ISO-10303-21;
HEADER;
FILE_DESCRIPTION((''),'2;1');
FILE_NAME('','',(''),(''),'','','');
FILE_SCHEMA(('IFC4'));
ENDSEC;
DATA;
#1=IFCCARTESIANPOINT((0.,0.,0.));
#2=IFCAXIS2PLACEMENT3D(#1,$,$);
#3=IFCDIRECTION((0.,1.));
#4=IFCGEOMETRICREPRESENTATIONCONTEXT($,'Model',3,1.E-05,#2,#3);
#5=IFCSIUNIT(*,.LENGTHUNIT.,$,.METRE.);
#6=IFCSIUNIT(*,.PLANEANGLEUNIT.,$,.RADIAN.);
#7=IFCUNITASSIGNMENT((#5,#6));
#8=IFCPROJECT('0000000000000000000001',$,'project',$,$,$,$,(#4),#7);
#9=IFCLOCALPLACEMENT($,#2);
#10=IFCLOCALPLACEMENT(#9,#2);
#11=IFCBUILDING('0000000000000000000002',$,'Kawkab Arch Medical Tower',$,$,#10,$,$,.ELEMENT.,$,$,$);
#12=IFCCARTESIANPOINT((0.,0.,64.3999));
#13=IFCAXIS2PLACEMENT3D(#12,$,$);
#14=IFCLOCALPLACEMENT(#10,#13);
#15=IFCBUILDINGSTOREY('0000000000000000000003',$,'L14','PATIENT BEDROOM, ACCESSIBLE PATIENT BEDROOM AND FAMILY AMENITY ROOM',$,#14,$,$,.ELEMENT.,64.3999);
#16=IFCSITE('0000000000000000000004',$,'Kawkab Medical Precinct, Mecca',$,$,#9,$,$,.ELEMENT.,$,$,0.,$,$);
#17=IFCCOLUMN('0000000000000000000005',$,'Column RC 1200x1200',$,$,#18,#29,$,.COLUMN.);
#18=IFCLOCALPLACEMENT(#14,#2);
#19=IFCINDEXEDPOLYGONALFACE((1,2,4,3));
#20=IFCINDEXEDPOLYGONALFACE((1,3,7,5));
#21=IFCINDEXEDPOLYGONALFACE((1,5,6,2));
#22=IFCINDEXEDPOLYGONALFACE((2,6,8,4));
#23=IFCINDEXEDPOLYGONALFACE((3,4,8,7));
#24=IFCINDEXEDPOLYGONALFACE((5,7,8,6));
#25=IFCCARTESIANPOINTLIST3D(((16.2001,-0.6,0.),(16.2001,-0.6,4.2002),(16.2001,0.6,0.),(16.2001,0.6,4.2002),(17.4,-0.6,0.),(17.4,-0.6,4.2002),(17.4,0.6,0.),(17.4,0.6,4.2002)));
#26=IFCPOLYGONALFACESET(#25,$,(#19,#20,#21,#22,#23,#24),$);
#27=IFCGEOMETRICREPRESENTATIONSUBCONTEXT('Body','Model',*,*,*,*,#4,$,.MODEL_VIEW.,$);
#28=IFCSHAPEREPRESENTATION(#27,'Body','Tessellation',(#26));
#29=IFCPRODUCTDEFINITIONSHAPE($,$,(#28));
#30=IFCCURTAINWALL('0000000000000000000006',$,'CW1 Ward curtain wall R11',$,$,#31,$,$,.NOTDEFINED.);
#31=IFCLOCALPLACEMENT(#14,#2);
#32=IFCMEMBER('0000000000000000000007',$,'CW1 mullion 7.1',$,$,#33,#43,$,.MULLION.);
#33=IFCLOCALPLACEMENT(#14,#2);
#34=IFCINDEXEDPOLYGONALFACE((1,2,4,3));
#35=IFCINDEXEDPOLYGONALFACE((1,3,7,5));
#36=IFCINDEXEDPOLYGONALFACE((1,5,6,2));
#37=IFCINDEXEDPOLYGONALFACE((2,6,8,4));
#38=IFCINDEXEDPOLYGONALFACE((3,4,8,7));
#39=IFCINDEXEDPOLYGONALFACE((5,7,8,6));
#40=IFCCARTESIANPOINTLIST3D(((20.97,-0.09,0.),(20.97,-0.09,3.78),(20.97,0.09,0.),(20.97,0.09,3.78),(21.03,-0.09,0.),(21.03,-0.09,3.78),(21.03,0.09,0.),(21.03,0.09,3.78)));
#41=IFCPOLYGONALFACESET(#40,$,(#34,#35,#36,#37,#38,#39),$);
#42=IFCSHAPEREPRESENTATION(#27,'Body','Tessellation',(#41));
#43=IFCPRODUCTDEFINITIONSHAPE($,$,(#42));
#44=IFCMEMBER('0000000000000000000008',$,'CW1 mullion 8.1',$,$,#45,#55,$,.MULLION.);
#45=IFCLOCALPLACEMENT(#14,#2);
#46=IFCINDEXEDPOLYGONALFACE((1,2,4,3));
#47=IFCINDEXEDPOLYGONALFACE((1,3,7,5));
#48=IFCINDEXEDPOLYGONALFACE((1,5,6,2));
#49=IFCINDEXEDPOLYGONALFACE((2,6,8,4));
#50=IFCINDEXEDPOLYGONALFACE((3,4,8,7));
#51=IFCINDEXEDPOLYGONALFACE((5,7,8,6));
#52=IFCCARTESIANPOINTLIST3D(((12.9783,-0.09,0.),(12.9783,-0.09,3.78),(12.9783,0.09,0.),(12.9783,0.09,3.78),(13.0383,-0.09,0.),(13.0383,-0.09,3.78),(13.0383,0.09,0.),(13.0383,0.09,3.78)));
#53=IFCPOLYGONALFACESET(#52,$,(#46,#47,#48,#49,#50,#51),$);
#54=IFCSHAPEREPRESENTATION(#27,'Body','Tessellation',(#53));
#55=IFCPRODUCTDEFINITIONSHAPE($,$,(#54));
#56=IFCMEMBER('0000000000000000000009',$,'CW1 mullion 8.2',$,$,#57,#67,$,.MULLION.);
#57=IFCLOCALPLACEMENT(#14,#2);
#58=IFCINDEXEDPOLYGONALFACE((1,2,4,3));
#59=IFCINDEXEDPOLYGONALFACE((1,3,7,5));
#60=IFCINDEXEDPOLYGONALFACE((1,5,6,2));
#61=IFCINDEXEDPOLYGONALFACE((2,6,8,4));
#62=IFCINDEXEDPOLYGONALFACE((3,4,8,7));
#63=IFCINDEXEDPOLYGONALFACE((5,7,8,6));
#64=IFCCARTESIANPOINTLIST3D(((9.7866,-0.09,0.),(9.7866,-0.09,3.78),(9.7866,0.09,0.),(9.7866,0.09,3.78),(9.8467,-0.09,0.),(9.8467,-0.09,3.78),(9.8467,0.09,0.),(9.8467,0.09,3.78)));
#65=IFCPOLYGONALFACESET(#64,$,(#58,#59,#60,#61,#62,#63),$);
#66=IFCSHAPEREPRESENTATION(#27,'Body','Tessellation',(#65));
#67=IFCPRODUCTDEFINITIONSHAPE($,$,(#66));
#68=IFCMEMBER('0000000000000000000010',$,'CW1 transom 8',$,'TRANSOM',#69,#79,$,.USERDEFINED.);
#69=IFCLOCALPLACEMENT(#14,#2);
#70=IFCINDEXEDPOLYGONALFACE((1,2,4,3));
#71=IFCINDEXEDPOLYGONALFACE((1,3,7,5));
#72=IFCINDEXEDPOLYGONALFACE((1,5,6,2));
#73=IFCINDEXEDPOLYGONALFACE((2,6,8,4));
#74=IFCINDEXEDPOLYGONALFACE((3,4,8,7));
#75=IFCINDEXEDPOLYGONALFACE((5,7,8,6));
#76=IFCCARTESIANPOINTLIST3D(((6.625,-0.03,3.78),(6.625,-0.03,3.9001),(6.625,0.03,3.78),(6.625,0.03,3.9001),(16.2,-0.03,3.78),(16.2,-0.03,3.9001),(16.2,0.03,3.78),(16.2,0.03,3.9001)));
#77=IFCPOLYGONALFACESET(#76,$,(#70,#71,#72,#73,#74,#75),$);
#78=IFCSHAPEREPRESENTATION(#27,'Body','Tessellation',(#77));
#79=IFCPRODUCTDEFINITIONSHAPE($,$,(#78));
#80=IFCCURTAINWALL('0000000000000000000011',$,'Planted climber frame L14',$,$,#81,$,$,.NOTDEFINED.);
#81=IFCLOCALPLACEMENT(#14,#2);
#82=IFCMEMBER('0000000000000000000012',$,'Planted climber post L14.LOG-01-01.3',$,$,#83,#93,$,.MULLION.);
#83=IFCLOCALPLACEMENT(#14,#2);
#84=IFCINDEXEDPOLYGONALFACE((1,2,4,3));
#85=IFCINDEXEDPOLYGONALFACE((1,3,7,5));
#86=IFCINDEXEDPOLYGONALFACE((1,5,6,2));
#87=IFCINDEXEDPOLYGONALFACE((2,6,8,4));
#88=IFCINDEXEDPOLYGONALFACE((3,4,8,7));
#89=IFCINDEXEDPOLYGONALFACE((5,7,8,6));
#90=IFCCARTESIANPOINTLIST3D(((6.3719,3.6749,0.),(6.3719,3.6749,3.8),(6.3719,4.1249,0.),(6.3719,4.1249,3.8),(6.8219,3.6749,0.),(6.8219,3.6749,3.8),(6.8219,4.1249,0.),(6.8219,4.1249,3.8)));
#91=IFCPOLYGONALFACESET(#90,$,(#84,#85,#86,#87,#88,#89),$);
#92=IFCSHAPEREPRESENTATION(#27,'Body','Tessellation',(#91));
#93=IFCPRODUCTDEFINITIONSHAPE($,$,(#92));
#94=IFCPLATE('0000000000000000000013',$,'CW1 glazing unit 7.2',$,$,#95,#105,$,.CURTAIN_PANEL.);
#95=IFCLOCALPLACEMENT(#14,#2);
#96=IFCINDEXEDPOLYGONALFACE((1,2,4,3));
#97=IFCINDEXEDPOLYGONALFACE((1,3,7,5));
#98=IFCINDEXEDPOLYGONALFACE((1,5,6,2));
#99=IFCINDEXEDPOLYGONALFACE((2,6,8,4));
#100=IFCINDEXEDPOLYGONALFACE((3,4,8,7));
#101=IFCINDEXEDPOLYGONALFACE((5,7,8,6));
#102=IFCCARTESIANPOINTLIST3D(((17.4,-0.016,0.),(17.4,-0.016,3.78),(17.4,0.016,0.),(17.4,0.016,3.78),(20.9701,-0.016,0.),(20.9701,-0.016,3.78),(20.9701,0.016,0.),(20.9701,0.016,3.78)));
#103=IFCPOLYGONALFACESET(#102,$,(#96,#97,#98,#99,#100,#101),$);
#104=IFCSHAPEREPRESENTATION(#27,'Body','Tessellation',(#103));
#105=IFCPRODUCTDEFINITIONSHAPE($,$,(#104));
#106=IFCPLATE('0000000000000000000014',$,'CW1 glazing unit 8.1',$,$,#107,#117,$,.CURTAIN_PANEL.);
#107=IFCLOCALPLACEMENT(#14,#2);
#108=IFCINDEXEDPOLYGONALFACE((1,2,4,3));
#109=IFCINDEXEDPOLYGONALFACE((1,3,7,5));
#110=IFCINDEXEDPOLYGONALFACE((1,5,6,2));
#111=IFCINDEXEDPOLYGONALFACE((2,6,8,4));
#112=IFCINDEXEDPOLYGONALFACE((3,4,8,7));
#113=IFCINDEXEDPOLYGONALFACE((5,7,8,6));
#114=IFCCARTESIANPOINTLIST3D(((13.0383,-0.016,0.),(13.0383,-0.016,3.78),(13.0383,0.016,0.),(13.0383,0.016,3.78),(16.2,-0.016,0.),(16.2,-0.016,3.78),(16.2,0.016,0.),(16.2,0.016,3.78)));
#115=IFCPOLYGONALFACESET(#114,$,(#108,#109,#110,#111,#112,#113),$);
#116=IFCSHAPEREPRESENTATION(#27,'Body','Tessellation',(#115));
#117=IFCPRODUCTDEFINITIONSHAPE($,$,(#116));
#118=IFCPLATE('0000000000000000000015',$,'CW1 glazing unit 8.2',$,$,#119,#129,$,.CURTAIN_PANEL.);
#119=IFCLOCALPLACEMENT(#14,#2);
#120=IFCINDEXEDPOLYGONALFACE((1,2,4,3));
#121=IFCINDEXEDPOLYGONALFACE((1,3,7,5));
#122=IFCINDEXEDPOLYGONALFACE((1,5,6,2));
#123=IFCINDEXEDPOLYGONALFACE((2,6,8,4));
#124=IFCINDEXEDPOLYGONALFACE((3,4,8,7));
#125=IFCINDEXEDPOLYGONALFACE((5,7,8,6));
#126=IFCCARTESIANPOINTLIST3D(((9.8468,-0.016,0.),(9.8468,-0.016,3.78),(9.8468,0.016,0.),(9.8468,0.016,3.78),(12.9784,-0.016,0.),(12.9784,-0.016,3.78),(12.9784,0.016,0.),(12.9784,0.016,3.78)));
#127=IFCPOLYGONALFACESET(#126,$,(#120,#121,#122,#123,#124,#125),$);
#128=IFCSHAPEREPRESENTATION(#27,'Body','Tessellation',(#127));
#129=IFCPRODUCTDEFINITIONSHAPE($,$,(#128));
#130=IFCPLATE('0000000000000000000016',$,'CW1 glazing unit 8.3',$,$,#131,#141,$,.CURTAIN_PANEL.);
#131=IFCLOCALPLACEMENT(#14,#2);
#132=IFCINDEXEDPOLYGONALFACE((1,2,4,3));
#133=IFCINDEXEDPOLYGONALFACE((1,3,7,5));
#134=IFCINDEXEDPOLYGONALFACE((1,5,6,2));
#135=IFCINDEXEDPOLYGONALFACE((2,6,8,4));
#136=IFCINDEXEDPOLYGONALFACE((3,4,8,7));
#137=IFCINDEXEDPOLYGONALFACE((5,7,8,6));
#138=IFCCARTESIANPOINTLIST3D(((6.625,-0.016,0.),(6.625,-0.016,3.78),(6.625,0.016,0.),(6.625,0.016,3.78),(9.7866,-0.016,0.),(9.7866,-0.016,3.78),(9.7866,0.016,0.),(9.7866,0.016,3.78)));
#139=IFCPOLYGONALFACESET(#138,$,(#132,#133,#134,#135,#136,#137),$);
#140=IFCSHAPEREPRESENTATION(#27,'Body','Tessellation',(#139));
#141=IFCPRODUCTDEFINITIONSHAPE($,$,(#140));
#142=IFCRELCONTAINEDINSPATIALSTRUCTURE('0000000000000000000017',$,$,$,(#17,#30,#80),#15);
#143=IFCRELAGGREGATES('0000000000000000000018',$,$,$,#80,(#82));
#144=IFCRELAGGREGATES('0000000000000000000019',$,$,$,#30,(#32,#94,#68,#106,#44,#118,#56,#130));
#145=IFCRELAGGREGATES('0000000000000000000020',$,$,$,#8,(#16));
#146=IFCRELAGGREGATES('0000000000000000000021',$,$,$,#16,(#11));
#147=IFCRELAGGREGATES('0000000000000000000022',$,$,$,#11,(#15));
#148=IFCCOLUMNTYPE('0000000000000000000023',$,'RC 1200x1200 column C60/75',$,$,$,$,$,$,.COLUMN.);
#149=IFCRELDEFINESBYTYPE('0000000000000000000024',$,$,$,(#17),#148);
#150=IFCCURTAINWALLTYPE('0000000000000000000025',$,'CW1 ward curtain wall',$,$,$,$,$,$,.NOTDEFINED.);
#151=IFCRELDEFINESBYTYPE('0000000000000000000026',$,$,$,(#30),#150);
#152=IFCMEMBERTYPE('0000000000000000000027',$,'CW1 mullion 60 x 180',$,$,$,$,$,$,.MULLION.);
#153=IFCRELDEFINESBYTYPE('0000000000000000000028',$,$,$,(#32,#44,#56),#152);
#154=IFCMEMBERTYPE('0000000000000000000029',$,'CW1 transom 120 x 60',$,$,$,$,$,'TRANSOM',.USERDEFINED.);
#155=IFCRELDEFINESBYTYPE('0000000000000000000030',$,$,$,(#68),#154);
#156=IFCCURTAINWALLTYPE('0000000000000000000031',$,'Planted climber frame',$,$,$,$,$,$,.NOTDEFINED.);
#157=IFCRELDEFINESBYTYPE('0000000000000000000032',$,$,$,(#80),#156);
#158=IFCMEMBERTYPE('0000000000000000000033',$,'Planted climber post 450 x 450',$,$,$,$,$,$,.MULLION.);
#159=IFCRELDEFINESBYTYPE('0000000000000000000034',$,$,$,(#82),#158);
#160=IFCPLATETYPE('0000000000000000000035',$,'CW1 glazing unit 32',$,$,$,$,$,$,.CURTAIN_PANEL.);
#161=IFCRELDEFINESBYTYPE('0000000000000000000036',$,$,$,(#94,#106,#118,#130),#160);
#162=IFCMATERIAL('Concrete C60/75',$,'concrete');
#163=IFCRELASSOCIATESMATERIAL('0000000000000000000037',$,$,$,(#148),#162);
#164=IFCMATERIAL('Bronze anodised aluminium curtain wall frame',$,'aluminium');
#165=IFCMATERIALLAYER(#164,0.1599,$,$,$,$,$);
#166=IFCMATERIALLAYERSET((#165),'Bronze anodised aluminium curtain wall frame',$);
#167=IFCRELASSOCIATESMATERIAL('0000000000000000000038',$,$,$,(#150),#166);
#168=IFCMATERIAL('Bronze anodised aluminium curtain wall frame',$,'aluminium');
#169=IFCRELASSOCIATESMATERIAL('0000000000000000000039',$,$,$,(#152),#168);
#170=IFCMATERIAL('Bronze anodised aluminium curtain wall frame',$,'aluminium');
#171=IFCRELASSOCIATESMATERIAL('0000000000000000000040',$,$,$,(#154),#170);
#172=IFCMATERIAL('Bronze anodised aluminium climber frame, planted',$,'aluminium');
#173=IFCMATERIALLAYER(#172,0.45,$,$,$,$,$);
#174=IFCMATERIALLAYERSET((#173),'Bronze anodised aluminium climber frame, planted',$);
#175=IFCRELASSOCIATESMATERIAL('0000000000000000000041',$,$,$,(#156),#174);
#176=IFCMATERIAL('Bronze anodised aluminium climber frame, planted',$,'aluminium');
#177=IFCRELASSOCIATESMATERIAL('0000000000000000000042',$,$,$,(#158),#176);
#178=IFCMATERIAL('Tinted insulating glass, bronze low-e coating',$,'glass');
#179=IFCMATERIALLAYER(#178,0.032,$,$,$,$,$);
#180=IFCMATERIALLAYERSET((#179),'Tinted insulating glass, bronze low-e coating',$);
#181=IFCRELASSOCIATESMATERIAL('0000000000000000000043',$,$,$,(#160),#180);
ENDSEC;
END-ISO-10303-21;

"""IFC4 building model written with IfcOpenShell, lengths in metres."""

from ifc_helpers import new_model, si_unit, direction, frame, origin, origin_2d, place, context, subcontext, project, spatial, rectangle, extrude, material, layer, layer_set, material_profile, profile_set, type_object, element, aggregate, save


model = new_model("IFC4")

# Units and contexts
model_context = context("Model", 3, precision=1e-05, world=origin(), true_north=direction((0.0, 1.0)))
body_context = subcontext(model_context, "Body", "Model", "MODEL_VIEW")
ifc_project = project(units=[si_unit("LENGTHUNIT", "METRE"), si_unit("PLANEANGLEUNIT", "RADIAN")], contexts=[model_context])

# Site, building, storey
site_placement = place(None, origin())
site = spatial("IfcSite", under=ifc_project, at=site_placement, Name="Kawkab Medical Precinct, Mecca", CompositionType="ELEMENT", RefElevation=0.0)
building_placement = place(site_placement, origin())
building = spatial("IfcBuilding", under=site, at=building_placement, Name="Kawkab Arch Medical Tower", CompositionType="ELEMENT")
storey_placement = place(building_placement, frame((0.0, 0.0, 64.3999)))
storey = spatial("IfcBuildingStorey", under=building, at=storey_placement, Name="L14", Description="PATIENT BEDROOM, ACCESSIBLE PATIENT BEDROOM AND FAMILY AMENITY ROOM", CompositionType="ELEMENT", Elevation=64.3999)

# Column
ifc_material_1 = material(Name="Concrete C60/75", Category="concrete")
ifc_material_profile_1 = material_profile(ifc_material_1, rectangle(XDim=1.2, YDim=1.2, at=origin_2d()), Name="RC 1200x1200")
ifc_profile_set_1 = profile_set([ifc_material_profile_1], Name="Concrete C60/75")
column_type = type_object("IfcColumnType", Name="RC 1200x1200 column C60/75", PredefinedType="COLUMN", material=ifc_profile_set_1)
column_placement = place(storey_placement, frame((16.8, 0.0, 0.0), z_axis=(0.0, 0.0, 1.0), x_axis=(1.0, 0.0, 0.0)))
element("IfcColumn", 1, at=column_placement, inside=storey, type_object=column_type, Name="Column RC 1200x1200", PredefinedType="COLUMN", context=body_context, shape_type="SweptSolid", body=[
    extrude(rectangle(XDim=1.2, YDim=1.2, at=origin_2d()), origin(), (0.0, 0.0, 1.0), 4.2002),
])

# Curtain wall, members
ifc_material_2 = material(Name="Bronze anodised aluminium curtain wall frame", Category="aluminium")
ifc_layer_1 = layer(ifc_material_2, 0.1599)
ifc_layer_set_1 = layer_set([ifc_layer_1], Name="Bronze anodised aluminium curtain wall frame")
curtain_wall_type_1 = type_object("IfcCurtainWallType", Name="CW1 ward curtain wall", PredefinedType="NOTDEFINED", material=ifc_layer_set_1)
placement = place(storey_placement, origin())
curtain_wall_1 = element("IfcCurtainWall", 2, at=placement, inside=storey, type_object=curtain_wall_type_1, Name="CW1 Ward curtain wall R11", PredefinedType="NOTDEFINED")
ifc_material_3 = material(Name="Bronze anodised aluminium curtain wall frame", Category="aluminium")
ifc_material_profile_2 = material_profile(ifc_material_3, rectangle(XDim=0.1799, YDim=0.0601, at=origin_2d()), Name="AL 60x180")
ifc_profile_set_2 = profile_set([ifc_material_profile_2], Name="Bronze anodised aluminium curtain wall frame")
member_type_1 = type_object("IfcMemberType", Name="CW1 mullion 60 x 180", PredefinedType="MULLION", material=ifc_profile_set_2)
member_1_placement = place(storey_placement, frame((21.0, 0.0, 0.0), z_axis=(0.0, 0.0, 1.0), x_axis=(0.0, -1.0, 0.0)))
member_1 = element("IfcMember", 3, at=member_1_placement, type_object=member_type_1, Name="CW1 mullion 7.1", PredefinedType="MULLION", context=body_context, shape_type="SweptSolid", body=[
    extrude(rectangle(XDim=0.1799, YDim=0.0601, at=origin_2d()), origin(), (0.0, 0.0, 1.0), 3.78),
])
member_2_placement = place(storey_placement, frame((13.0083, 0.0, 0.0), z_axis=(0.0, 0.0, 1.0), x_axis=(0.0, -1.0, 0.0)))
member_2 = element("IfcMember", 4, at=member_2_placement, type_object=member_type_1, Name="CW1 mullion 8.1", PredefinedType="MULLION", context=body_context, shape_type="SweptSolid", body=[
    extrude(rectangle(XDim=0.1799, YDim=0.0601, at=origin_2d()), origin(), (0.0, 0.0, 1.0), 3.78),
])
member_3_placement = place(storey_placement, frame((9.8167, 0.0, 0.0), z_axis=(0.0, 0.0, 1.0), x_axis=(0.0, -1.0, 0.0)))
member_3 = element("IfcMember", 5, at=member_3_placement, type_object=member_type_1, Name="CW1 mullion 8.2", PredefinedType="MULLION", context=body_context, shape_type="SweptSolid", body=[
    extrude(rectangle(XDim=0.1799, YDim=0.0601, at=origin_2d()), origin(), (0.0, 0.0, 1.0), 3.78),
])
ifc_material_4 = material(Name="Bronze anodised aluminium curtain wall frame", Category="aluminium")
ifc_material_profile_3 = material_profile(ifc_material_4, rectangle(XDim=0.0601, YDim=0.1201, at=origin_2d()), Name="AL 60x120")
ifc_profile_set_3 = profile_set([ifc_material_profile_3], Name="Bronze anodised aluminium curtain wall frame")
member_type_2 = type_object("IfcMemberType", Name="CW1 transom 120 x 60", ElementType="TRANSOM", PredefinedType="USERDEFINED", material=ifc_profile_set_3)
member_4_placement = place(storey_placement, frame((16.2, 0.0, 3.8401), z_axis=(-1.0, 0.0, 0.0), x_axis=(0.0, -1.0, 0.0)))
member_4 = element("IfcMember", 6, at=member_4_placement, type_object=member_type_2, Name="CW1 transom 8", ObjectType="TRANSOM", PredefinedType="USERDEFINED", context=body_context, shape_type="SweptSolid", body=[
    extrude(rectangle(XDim=0.0601, YDim=0.1201, at=origin_2d()), origin(), (0.0, 0.0, 1.0), 9.575),
])

# Curtain wall, member
ifc_material_5 = material(Name="Bronze anodised aluminium climber frame, planted", Category="aluminium")
ifc_layer_2 = layer(ifc_material_5, 0.45)
ifc_layer_set_2 = layer_set([ifc_layer_2], Name="Bronze anodised aluminium climber frame, planted")
curtain_wall_type_2 = type_object("IfcCurtainWallType", Name="Planted climber frame", PredefinedType="NOTDEFINED", material=ifc_layer_set_2)
curtain_wall_2 = element("IfcCurtainWall", 7, at=placement, inside=storey, type_object=curtain_wall_type_2, Name="Planted climber frame L14", PredefinedType="NOTDEFINED")
ifc_material_6 = material(Name="Bronze anodised aluminium climber frame, planted", Category="aluminium")
ifc_material_profile_4 = material_profile(ifc_material_6, rectangle(XDim=0.45, YDim=0.45, at=origin_2d()), Name="Post 450x450")
ifc_profile_set_4 = profile_set([ifc_material_profile_4], Name="Bronze anodised aluminium climber frame, planted")
member_type_3 = type_object("IfcMemberType", Name="Planted climber post 450 x 450", PredefinedType="MULLION", material=ifc_profile_set_4)
member_5_placement = place(storey_placement, frame((6.5969, 3.8999, 0.0), z_axis=(0.0, 0.0, 1.0), x_axis=(1.0, 0.0, 0.0)))
member_5 = element("IfcMember", 8, at=member_5_placement, type_object=member_type_3, Name="Planted climber post L14.LOG-01-01.3", PredefinedType="MULLION", context=body_context, shape_type="SweptSolid", body=[
    extrude(rectangle(XDim=0.45, YDim=0.45, at=origin_2d()), origin(), (0.0, 0.0, 1.0), 3.8),
])
aggregate(curtain_wall_2, [member_5])

# Plates
ifc_material_7 = material(Name="Tinted insulating glass, bronze low-e coating", Category="glass")
ifc_layer_3 = layer(ifc_material_7, 0.032)
ifc_layer_set_3 = layer_set([ifc_layer_3], Name="Tinted insulating glass, bronze low-e coating")
plate_type = type_object("IfcPlateType", Name="CW1 glazing unit 32", PredefinedType="CURTAIN_PANEL", material=ifc_layer_set_3)
plate_1_placement = place(storey_placement, frame((19.1851, 0.0, 0.0), z_axis=(0.0, 0.0, 1.0), x_axis=(-1.0, 0.0, 0.0)))
plate_1 = element("IfcPlate", 9, at=plate_1_placement, type_object=plate_type, Name="CW1 glazing unit 7.2", PredefinedType="CURTAIN_PANEL", context=body_context, shape_type="SweptSolid", body=[
    extrude(rectangle(XDim=3.5701, YDim=0.032, at=origin_2d()), origin(), (0.0, 0.0, 1.0), 3.78),
])
plate_2_placement = place(storey_placement, frame((14.6191, 0.0, 0.0), z_axis=(0.0, 0.0, 1.0), x_axis=(-1.0, 0.0, 0.0)))
plate_2 = element("IfcPlate", 10, at=plate_2_placement, type_object=plate_type, Name="CW1 glazing unit 8.1", PredefinedType="CURTAIN_PANEL", context=body_context, shape_type="SweptSolid", body=[
    extrude(rectangle(XDim=3.1616, YDim=0.032, at=origin_2d()), origin(), (0.0, 0.0, 1.0), 3.78),
])
plate_3_placement = place(storey_placement, frame((11.4126, 0.0, 0.0), z_axis=(0.0, 0.0, 1.0), x_axis=(-1.0, 0.0, 0.0)))
plate_3 = element("IfcPlate", 11, at=plate_3_placement, type_object=plate_type, Name="CW1 glazing unit 8.2", PredefinedType="CURTAIN_PANEL", context=body_context, shape_type="SweptSolid", body=[
    extrude(rectangle(XDim=3.1316, YDim=0.032, at=origin_2d()), origin(), (0.0, 0.0, 1.0), 3.78),
])
plate_4_placement = place(storey_placement, frame((8.2058, 0.0, 0.0), z_axis=(0.0, 0.0, 1.0), x_axis=(-1.0, 0.0, 0.0)))
plate_4 = element("IfcPlate", 12, at=plate_4_placement, type_object=plate_type, Name="CW1 glazing unit 8.3", PredefinedType="CURTAIN_PANEL", context=body_context, shape_type="SweptSolid", body=[
    extrude(rectangle(XDim=3.1616, YDim=0.032, at=origin_2d()), origin(), (0.0, 0.0, 1.0), 3.78),
])
aggregate(curtain_wall_1, [member_1, plate_1, member_4, plate_2, member_2, plate_3, member_3, plate_4])

save(model, "model.ifc")
